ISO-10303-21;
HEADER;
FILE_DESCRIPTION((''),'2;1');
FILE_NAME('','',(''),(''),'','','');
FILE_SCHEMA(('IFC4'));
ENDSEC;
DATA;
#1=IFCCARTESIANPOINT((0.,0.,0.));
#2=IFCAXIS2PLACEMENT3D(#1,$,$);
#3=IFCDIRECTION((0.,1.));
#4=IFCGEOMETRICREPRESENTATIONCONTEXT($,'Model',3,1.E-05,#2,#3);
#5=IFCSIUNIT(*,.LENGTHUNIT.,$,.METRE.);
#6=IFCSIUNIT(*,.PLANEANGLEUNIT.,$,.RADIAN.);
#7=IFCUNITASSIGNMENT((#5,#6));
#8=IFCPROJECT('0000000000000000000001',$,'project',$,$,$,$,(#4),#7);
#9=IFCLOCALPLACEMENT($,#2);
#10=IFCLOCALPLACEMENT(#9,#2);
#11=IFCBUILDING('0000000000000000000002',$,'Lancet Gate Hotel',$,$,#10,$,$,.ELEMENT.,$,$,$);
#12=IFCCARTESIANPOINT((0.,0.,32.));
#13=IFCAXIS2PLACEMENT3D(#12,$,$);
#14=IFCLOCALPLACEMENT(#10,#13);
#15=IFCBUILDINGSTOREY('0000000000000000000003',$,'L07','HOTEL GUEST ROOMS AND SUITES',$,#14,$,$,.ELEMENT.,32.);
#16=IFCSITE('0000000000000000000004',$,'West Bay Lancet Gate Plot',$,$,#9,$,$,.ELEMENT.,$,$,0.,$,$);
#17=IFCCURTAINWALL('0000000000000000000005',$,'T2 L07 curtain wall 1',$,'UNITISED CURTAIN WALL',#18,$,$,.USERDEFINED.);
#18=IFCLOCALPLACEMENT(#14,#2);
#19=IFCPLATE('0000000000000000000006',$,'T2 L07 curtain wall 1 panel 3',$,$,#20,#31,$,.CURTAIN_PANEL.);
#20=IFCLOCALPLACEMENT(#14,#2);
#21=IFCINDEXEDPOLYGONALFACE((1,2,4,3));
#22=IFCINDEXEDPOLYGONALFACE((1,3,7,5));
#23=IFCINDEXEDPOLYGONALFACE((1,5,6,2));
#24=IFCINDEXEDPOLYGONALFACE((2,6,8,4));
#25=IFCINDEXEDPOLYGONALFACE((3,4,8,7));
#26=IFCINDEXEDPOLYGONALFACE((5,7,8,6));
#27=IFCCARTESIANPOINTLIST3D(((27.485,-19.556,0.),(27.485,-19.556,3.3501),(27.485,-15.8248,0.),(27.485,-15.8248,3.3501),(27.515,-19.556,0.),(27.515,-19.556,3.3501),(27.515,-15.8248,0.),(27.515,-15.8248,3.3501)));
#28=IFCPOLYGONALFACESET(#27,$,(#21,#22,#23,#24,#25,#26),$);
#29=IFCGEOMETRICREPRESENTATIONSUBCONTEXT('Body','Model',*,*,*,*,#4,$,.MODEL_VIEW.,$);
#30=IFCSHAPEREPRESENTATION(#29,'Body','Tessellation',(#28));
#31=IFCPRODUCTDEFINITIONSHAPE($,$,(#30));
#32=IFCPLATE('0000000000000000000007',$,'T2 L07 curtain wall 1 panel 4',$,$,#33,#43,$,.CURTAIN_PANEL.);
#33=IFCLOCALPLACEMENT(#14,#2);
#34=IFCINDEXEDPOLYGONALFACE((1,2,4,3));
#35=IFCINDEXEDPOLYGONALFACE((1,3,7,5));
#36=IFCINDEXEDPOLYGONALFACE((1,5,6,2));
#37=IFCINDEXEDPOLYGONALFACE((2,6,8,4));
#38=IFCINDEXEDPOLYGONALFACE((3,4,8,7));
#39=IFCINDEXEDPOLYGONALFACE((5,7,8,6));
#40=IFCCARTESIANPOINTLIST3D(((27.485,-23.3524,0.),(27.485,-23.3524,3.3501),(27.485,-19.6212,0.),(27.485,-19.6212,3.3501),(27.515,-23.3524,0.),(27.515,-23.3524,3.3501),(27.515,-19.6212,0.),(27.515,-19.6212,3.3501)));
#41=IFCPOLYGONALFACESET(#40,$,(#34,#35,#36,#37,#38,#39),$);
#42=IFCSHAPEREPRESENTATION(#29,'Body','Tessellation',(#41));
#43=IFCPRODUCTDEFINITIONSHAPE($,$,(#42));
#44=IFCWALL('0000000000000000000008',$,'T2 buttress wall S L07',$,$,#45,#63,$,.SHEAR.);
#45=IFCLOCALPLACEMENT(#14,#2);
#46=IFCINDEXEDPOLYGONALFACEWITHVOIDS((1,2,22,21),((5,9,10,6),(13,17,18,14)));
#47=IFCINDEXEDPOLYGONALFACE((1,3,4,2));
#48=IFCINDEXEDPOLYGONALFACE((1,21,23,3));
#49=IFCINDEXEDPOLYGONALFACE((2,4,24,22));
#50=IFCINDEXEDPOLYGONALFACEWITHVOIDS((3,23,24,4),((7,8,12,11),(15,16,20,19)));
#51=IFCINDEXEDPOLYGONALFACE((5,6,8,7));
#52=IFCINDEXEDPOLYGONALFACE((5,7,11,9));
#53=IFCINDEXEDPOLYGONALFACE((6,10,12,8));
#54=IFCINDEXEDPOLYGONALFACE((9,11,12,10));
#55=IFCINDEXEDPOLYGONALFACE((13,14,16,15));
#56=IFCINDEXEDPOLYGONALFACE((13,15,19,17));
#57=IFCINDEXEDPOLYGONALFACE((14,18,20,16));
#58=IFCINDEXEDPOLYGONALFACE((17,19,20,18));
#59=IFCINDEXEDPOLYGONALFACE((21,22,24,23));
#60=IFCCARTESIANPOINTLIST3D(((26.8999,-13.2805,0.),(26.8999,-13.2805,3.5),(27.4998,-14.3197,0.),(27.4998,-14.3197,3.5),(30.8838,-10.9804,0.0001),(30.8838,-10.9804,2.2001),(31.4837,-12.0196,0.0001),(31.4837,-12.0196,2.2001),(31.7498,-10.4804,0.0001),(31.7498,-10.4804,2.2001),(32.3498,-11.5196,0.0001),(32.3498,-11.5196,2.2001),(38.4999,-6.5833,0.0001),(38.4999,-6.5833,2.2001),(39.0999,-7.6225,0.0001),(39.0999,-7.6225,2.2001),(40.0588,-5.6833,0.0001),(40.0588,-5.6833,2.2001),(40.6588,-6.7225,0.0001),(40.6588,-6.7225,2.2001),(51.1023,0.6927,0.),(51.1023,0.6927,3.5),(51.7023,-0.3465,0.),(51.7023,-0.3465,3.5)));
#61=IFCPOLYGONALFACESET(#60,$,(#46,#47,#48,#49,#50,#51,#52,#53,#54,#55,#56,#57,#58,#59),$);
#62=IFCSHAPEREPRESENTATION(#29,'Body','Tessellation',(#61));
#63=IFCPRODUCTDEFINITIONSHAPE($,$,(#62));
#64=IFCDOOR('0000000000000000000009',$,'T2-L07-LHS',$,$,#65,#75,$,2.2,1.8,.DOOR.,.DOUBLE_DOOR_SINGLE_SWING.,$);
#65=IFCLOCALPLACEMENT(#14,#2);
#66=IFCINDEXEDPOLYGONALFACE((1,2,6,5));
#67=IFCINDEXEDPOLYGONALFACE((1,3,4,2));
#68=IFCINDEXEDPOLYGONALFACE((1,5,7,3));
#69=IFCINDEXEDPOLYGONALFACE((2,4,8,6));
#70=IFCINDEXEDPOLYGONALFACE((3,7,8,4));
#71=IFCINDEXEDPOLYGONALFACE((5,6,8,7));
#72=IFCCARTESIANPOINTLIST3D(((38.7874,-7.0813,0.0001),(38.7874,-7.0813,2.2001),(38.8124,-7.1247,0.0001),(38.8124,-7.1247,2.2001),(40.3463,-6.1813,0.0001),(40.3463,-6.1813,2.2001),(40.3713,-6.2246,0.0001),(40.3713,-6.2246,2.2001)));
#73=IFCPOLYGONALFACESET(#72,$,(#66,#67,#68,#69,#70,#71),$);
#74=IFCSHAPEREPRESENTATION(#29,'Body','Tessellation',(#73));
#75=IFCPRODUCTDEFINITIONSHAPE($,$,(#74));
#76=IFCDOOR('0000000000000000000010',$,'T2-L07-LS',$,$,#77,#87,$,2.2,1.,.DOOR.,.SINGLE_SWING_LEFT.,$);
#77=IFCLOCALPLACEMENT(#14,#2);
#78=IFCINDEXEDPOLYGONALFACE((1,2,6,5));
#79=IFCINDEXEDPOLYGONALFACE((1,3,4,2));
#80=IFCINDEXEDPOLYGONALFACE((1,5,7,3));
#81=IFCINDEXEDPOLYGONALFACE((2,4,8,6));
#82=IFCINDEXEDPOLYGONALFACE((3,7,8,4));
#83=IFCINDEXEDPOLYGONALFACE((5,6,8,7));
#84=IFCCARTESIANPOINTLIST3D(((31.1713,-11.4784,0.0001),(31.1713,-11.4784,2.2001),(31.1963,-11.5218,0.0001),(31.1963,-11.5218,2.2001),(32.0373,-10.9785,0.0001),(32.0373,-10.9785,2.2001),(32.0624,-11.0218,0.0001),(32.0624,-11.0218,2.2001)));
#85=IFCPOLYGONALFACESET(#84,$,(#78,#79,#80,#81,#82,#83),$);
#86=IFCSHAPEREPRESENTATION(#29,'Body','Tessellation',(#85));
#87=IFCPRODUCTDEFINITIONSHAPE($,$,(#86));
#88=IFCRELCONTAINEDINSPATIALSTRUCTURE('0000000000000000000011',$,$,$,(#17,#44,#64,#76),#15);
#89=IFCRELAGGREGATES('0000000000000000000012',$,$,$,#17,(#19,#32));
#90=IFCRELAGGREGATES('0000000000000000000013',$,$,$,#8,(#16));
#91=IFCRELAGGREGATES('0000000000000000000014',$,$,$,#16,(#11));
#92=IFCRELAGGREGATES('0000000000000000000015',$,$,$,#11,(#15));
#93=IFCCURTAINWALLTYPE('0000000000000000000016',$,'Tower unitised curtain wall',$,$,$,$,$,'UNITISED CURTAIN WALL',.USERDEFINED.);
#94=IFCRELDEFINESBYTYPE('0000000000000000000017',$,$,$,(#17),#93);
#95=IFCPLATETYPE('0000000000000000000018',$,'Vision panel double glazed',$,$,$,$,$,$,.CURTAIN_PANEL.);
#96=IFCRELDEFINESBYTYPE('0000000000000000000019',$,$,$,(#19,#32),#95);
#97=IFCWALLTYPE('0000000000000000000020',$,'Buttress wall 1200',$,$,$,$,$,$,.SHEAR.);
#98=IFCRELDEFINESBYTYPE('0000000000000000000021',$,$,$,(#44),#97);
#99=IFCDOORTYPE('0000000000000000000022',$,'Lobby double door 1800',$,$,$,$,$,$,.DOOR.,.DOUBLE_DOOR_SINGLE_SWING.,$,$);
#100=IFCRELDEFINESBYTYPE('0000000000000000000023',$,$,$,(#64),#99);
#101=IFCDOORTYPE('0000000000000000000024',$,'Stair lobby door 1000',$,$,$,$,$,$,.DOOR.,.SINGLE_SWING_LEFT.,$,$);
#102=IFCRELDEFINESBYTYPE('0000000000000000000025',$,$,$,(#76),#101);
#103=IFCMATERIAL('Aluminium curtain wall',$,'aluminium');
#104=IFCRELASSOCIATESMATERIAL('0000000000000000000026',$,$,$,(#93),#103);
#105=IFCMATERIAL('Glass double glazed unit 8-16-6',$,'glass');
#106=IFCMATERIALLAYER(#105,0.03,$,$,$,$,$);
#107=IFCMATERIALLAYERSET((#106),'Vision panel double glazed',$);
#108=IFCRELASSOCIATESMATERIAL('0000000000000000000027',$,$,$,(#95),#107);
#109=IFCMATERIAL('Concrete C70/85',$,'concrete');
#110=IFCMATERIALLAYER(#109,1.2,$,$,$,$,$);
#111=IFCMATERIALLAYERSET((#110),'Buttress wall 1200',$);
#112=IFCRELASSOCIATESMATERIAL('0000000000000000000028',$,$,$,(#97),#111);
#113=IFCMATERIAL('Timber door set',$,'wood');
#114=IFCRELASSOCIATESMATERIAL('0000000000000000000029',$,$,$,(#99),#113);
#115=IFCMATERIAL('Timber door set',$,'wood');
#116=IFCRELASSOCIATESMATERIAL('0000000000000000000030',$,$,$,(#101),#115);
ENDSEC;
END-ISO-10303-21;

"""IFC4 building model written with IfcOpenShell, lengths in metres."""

from ifc_helpers import new_model, si_unit, direction, frame, frame_2d, origin, origin_2d, place, context, subcontext, project, spatial, rectangle, extrude, material, layer, layer_set, type_object, element, fill, aggregate, save


model = new_model("IFC4")

# Units and contexts
model_context = context("Model", 3, precision=1e-05, world=origin(), true_north=direction((0.0, 1.0)))
body_context = subcontext(model_context, "Body", "Model", "MODEL_VIEW")
ifc_project = project(units=[si_unit("LENGTHUNIT", "METRE"), si_unit("PLANEANGLEUNIT", "RADIAN")], contexts=[model_context])

# Site, building, storey
site_placement = place(None, origin())
site = spatial("IfcSite", under=ifc_project, at=site_placement, Name="West Bay Lancet Gate Plot", CompositionType="ELEMENT", RefElevation=0.0)
building_placement = place(site_placement, origin())
building = spatial("IfcBuilding", under=site, at=building_placement, Name="Lancet Gate Hotel", CompositionType="ELEMENT")
storey_placement = place(building_placement, frame((0.0, 0.0, 32.0)))
storey = spatial("IfcBuildingStorey", under=building, at=storey_placement, Name="L07", Description="HOTEL GUEST ROOMS AND SUITES", CompositionType="ELEMENT", Elevation=32.0)

# Curtain wall
ifc_material_1 = material(Name="Aluminium curtain wall", Category="aluminium")
curtain_wall_type = type_object("IfcCurtainWallType", Name="Tower unitised curtain wall", ElementType="UNITISED CURTAIN WALL", PredefinedType="USERDEFINED", material=ifc_material_1)
curtain_wall_placement = place(storey_placement, origin())
curtain_wall = element("IfcCurtainWall", 1, at=curtain_wall_placement, inside=storey, type_object=curtain_wall_type, Name="T2 L07 curtain wall 1", ObjectType="UNITISED CURTAIN WALL", PredefinedType="USERDEFINED")

# Plates
ifc_material_2 = material(Name="Glass double glazed unit 8-16-6", Category="glass")
ifc_layer_1 = layer(ifc_material_2, 0.03)
ifc_layer_set_1 = layer_set([ifc_layer_1], Name="Vision panel double glazed")
plate_type = type_object("IfcPlateType", Name="Vision panel double glazed", PredefinedType="CURTAIN_PANEL", material=ifc_layer_set_1)
plate_1_placement = place(storey_placement, frame((27.5, -17.6904, 0.0), z_axis=(0.0, 0.0, 1.0), x_axis=(0.0, -1.0, 0.0)))
plate_1 = element("IfcPlate", 2, at=plate_1_placement, type_object=plate_type, Name="T2 L07 curtain wall 1 panel 3", PredefinedType="CURTAIN_PANEL", context=body_context, shape_type="SweptSolid", body=[
    extrude(rectangle(XDim=3.7312, YDim=0.03, at=origin_2d()), origin(), (0.0, 0.0, 1.0), 3.3501),
])
plate_2_placement = place(storey_placement, frame((27.5, -21.4868, 0.0), z_axis=(0.0, 0.0, 1.0), x_axis=(0.0, -1.0, 0.0)))
plate_2 = element("IfcPlate", 3, at=plate_2_placement, type_object=plate_type, Name="T2 L07 curtain wall 1 panel 4", PredefinedType="CURTAIN_PANEL", context=body_context, shape_type="SweptSolid", body=[
    extrude(rectangle(XDim=3.7312, YDim=0.03, at=origin_2d()), origin(), (0.0, 0.0, 1.0), 3.3501),
])
aggregate(curtain_wall, [plate_1, plate_2])

# Wall, openings, doors
ifc_material_3 = material(Name="Concrete C70/85", Category="concrete")
ifc_layer_2 = layer(ifc_material_3, 1.2)
ifc_layer_set_2 = layer_set([ifc_layer_2], Name="Buttress wall 1200")
wall_type = type_object("IfcWallType", Name="Buttress wall 1200", PredefinedType="SHEAR", material=ifc_layer_set_2)
wall_placement = place(storey_placement, frame((27.2, -13.8, 0.0), z_axis=(0.0, 0.0, 1.0), x_axis=(0.866027, 0.499997, 0.0)))
wall = element("IfcWall", 4, at=wall_placement, inside=storey, type_object=wall_type, Name="T2 buttress wall S L07", PredefinedType="SHEAR", context=body_context, shape_type="SweptSolid", body=[
    extrude(rectangle(XDim=27.9465, YDim=1.2, at=frame_2d((13.9731, 0.0))), origin(), (0.0, 0.0, 1.0), 3.5),
])
opening_1_placement = place(wall_placement, frame((4.6001, 0.0, 0.0)))
opening_1 = element("IfcOpeningElement", 5, at=opening_1_placement, cuts=wall, PredefinedType="OPENING", context=body_context, shape_type="SweptSolid", body=[
    extrude(rectangle(XDim=1.0, YDim=2.2, at=frame_2d((0.5, 1.1001))), frame((0.0, 0.6099, 0.0), z_axis=(0.0, -1.0, 0.0), x_axis=(1.0, 0.0, 0.0)), (0.0, 0.0, 1.0), 1.22),
])
opening_2_placement = place(wall_placement, frame((13.3945, 0.0, 0.0)))
opening_2 = element("IfcOpeningElement", 6, at=opening_2_placement, cuts=wall, PredefinedType="OPENING", context=body_context, shape_type="SweptSolid", body=[
    extrude(rectangle(XDim=1.8, YDim=2.2, at=frame_2d((0.8999, 1.1001))), frame((0.0, 0.6099, 0.0), z_axis=(0.0, -1.0, 0.0), x_axis=(1.0, 0.0, 0.0)), (0.0, 0.0, 1.0), 1.22),
])
ifc_material_4 = material(Name="Timber door set", Category="wood")
door_type_1 = type_object("IfcDoorType", Name="Lobby double door 1800", OperationType="DOUBLE_DOOR_SINGLE_SWING", PredefinedType="DOOR", material=ifc_material_4)
door_1_placement = place(opening_2_placement, origin())
door_1 = element("IfcDoor", 7, at=door_1_placement, inside=storey, type_object=door_type_1, Name="T2-L07-LHS", OperationType="DOUBLE_DOOR_SINGLE_SWING", OverallHeight=2.2, OverallWidth=1.8, PredefinedType="DOOR", context=body_context, shape_type="SweptSolid", body=[
    extrude(rectangle(XDim=1.8, YDim=2.2, at=frame_2d((0.8999, 1.1001))), frame((0.0, 0.0249, 0.0), z_axis=(0.0, -1.0, 0.0), x_axis=(1.0, 0.0, 0.0)), (0.0, 0.0, 1.0), 0.05),
])
fill(opening_2, door_1)
ifc_material_5 = material(Name="Timber door set", Category="wood")
door_type_2 = type_object("IfcDoorType", Name="Stair lobby door 1000", OperationType="SINGLE_SWING_LEFT", PredefinedType="DOOR", material=ifc_material_5)
door_2_placement = place(opening_1_placement, origin())
door_2 = element("IfcDoor", 8, at=door_2_placement, inside=storey, type_object=door_type_2, Name="T2-L07-LS", OperationType="SINGLE_SWING_LEFT", OverallHeight=2.2, OverallWidth=1.0, PredefinedType="DOOR", context=body_context, shape_type="SweptSolid", body=[
    extrude(rectangle(XDim=1.0, YDim=2.2, at=frame_2d((0.5, 1.1001))), frame((0.0, 0.0249, 0.0), z_axis=(0.0, -1.0, 0.0), x_axis=(1.0, 0.0, 0.0)), (0.0, 0.0, 1.0), 0.05),
])
fill(opening_1, door_2)

save(model, "model.ifc")
